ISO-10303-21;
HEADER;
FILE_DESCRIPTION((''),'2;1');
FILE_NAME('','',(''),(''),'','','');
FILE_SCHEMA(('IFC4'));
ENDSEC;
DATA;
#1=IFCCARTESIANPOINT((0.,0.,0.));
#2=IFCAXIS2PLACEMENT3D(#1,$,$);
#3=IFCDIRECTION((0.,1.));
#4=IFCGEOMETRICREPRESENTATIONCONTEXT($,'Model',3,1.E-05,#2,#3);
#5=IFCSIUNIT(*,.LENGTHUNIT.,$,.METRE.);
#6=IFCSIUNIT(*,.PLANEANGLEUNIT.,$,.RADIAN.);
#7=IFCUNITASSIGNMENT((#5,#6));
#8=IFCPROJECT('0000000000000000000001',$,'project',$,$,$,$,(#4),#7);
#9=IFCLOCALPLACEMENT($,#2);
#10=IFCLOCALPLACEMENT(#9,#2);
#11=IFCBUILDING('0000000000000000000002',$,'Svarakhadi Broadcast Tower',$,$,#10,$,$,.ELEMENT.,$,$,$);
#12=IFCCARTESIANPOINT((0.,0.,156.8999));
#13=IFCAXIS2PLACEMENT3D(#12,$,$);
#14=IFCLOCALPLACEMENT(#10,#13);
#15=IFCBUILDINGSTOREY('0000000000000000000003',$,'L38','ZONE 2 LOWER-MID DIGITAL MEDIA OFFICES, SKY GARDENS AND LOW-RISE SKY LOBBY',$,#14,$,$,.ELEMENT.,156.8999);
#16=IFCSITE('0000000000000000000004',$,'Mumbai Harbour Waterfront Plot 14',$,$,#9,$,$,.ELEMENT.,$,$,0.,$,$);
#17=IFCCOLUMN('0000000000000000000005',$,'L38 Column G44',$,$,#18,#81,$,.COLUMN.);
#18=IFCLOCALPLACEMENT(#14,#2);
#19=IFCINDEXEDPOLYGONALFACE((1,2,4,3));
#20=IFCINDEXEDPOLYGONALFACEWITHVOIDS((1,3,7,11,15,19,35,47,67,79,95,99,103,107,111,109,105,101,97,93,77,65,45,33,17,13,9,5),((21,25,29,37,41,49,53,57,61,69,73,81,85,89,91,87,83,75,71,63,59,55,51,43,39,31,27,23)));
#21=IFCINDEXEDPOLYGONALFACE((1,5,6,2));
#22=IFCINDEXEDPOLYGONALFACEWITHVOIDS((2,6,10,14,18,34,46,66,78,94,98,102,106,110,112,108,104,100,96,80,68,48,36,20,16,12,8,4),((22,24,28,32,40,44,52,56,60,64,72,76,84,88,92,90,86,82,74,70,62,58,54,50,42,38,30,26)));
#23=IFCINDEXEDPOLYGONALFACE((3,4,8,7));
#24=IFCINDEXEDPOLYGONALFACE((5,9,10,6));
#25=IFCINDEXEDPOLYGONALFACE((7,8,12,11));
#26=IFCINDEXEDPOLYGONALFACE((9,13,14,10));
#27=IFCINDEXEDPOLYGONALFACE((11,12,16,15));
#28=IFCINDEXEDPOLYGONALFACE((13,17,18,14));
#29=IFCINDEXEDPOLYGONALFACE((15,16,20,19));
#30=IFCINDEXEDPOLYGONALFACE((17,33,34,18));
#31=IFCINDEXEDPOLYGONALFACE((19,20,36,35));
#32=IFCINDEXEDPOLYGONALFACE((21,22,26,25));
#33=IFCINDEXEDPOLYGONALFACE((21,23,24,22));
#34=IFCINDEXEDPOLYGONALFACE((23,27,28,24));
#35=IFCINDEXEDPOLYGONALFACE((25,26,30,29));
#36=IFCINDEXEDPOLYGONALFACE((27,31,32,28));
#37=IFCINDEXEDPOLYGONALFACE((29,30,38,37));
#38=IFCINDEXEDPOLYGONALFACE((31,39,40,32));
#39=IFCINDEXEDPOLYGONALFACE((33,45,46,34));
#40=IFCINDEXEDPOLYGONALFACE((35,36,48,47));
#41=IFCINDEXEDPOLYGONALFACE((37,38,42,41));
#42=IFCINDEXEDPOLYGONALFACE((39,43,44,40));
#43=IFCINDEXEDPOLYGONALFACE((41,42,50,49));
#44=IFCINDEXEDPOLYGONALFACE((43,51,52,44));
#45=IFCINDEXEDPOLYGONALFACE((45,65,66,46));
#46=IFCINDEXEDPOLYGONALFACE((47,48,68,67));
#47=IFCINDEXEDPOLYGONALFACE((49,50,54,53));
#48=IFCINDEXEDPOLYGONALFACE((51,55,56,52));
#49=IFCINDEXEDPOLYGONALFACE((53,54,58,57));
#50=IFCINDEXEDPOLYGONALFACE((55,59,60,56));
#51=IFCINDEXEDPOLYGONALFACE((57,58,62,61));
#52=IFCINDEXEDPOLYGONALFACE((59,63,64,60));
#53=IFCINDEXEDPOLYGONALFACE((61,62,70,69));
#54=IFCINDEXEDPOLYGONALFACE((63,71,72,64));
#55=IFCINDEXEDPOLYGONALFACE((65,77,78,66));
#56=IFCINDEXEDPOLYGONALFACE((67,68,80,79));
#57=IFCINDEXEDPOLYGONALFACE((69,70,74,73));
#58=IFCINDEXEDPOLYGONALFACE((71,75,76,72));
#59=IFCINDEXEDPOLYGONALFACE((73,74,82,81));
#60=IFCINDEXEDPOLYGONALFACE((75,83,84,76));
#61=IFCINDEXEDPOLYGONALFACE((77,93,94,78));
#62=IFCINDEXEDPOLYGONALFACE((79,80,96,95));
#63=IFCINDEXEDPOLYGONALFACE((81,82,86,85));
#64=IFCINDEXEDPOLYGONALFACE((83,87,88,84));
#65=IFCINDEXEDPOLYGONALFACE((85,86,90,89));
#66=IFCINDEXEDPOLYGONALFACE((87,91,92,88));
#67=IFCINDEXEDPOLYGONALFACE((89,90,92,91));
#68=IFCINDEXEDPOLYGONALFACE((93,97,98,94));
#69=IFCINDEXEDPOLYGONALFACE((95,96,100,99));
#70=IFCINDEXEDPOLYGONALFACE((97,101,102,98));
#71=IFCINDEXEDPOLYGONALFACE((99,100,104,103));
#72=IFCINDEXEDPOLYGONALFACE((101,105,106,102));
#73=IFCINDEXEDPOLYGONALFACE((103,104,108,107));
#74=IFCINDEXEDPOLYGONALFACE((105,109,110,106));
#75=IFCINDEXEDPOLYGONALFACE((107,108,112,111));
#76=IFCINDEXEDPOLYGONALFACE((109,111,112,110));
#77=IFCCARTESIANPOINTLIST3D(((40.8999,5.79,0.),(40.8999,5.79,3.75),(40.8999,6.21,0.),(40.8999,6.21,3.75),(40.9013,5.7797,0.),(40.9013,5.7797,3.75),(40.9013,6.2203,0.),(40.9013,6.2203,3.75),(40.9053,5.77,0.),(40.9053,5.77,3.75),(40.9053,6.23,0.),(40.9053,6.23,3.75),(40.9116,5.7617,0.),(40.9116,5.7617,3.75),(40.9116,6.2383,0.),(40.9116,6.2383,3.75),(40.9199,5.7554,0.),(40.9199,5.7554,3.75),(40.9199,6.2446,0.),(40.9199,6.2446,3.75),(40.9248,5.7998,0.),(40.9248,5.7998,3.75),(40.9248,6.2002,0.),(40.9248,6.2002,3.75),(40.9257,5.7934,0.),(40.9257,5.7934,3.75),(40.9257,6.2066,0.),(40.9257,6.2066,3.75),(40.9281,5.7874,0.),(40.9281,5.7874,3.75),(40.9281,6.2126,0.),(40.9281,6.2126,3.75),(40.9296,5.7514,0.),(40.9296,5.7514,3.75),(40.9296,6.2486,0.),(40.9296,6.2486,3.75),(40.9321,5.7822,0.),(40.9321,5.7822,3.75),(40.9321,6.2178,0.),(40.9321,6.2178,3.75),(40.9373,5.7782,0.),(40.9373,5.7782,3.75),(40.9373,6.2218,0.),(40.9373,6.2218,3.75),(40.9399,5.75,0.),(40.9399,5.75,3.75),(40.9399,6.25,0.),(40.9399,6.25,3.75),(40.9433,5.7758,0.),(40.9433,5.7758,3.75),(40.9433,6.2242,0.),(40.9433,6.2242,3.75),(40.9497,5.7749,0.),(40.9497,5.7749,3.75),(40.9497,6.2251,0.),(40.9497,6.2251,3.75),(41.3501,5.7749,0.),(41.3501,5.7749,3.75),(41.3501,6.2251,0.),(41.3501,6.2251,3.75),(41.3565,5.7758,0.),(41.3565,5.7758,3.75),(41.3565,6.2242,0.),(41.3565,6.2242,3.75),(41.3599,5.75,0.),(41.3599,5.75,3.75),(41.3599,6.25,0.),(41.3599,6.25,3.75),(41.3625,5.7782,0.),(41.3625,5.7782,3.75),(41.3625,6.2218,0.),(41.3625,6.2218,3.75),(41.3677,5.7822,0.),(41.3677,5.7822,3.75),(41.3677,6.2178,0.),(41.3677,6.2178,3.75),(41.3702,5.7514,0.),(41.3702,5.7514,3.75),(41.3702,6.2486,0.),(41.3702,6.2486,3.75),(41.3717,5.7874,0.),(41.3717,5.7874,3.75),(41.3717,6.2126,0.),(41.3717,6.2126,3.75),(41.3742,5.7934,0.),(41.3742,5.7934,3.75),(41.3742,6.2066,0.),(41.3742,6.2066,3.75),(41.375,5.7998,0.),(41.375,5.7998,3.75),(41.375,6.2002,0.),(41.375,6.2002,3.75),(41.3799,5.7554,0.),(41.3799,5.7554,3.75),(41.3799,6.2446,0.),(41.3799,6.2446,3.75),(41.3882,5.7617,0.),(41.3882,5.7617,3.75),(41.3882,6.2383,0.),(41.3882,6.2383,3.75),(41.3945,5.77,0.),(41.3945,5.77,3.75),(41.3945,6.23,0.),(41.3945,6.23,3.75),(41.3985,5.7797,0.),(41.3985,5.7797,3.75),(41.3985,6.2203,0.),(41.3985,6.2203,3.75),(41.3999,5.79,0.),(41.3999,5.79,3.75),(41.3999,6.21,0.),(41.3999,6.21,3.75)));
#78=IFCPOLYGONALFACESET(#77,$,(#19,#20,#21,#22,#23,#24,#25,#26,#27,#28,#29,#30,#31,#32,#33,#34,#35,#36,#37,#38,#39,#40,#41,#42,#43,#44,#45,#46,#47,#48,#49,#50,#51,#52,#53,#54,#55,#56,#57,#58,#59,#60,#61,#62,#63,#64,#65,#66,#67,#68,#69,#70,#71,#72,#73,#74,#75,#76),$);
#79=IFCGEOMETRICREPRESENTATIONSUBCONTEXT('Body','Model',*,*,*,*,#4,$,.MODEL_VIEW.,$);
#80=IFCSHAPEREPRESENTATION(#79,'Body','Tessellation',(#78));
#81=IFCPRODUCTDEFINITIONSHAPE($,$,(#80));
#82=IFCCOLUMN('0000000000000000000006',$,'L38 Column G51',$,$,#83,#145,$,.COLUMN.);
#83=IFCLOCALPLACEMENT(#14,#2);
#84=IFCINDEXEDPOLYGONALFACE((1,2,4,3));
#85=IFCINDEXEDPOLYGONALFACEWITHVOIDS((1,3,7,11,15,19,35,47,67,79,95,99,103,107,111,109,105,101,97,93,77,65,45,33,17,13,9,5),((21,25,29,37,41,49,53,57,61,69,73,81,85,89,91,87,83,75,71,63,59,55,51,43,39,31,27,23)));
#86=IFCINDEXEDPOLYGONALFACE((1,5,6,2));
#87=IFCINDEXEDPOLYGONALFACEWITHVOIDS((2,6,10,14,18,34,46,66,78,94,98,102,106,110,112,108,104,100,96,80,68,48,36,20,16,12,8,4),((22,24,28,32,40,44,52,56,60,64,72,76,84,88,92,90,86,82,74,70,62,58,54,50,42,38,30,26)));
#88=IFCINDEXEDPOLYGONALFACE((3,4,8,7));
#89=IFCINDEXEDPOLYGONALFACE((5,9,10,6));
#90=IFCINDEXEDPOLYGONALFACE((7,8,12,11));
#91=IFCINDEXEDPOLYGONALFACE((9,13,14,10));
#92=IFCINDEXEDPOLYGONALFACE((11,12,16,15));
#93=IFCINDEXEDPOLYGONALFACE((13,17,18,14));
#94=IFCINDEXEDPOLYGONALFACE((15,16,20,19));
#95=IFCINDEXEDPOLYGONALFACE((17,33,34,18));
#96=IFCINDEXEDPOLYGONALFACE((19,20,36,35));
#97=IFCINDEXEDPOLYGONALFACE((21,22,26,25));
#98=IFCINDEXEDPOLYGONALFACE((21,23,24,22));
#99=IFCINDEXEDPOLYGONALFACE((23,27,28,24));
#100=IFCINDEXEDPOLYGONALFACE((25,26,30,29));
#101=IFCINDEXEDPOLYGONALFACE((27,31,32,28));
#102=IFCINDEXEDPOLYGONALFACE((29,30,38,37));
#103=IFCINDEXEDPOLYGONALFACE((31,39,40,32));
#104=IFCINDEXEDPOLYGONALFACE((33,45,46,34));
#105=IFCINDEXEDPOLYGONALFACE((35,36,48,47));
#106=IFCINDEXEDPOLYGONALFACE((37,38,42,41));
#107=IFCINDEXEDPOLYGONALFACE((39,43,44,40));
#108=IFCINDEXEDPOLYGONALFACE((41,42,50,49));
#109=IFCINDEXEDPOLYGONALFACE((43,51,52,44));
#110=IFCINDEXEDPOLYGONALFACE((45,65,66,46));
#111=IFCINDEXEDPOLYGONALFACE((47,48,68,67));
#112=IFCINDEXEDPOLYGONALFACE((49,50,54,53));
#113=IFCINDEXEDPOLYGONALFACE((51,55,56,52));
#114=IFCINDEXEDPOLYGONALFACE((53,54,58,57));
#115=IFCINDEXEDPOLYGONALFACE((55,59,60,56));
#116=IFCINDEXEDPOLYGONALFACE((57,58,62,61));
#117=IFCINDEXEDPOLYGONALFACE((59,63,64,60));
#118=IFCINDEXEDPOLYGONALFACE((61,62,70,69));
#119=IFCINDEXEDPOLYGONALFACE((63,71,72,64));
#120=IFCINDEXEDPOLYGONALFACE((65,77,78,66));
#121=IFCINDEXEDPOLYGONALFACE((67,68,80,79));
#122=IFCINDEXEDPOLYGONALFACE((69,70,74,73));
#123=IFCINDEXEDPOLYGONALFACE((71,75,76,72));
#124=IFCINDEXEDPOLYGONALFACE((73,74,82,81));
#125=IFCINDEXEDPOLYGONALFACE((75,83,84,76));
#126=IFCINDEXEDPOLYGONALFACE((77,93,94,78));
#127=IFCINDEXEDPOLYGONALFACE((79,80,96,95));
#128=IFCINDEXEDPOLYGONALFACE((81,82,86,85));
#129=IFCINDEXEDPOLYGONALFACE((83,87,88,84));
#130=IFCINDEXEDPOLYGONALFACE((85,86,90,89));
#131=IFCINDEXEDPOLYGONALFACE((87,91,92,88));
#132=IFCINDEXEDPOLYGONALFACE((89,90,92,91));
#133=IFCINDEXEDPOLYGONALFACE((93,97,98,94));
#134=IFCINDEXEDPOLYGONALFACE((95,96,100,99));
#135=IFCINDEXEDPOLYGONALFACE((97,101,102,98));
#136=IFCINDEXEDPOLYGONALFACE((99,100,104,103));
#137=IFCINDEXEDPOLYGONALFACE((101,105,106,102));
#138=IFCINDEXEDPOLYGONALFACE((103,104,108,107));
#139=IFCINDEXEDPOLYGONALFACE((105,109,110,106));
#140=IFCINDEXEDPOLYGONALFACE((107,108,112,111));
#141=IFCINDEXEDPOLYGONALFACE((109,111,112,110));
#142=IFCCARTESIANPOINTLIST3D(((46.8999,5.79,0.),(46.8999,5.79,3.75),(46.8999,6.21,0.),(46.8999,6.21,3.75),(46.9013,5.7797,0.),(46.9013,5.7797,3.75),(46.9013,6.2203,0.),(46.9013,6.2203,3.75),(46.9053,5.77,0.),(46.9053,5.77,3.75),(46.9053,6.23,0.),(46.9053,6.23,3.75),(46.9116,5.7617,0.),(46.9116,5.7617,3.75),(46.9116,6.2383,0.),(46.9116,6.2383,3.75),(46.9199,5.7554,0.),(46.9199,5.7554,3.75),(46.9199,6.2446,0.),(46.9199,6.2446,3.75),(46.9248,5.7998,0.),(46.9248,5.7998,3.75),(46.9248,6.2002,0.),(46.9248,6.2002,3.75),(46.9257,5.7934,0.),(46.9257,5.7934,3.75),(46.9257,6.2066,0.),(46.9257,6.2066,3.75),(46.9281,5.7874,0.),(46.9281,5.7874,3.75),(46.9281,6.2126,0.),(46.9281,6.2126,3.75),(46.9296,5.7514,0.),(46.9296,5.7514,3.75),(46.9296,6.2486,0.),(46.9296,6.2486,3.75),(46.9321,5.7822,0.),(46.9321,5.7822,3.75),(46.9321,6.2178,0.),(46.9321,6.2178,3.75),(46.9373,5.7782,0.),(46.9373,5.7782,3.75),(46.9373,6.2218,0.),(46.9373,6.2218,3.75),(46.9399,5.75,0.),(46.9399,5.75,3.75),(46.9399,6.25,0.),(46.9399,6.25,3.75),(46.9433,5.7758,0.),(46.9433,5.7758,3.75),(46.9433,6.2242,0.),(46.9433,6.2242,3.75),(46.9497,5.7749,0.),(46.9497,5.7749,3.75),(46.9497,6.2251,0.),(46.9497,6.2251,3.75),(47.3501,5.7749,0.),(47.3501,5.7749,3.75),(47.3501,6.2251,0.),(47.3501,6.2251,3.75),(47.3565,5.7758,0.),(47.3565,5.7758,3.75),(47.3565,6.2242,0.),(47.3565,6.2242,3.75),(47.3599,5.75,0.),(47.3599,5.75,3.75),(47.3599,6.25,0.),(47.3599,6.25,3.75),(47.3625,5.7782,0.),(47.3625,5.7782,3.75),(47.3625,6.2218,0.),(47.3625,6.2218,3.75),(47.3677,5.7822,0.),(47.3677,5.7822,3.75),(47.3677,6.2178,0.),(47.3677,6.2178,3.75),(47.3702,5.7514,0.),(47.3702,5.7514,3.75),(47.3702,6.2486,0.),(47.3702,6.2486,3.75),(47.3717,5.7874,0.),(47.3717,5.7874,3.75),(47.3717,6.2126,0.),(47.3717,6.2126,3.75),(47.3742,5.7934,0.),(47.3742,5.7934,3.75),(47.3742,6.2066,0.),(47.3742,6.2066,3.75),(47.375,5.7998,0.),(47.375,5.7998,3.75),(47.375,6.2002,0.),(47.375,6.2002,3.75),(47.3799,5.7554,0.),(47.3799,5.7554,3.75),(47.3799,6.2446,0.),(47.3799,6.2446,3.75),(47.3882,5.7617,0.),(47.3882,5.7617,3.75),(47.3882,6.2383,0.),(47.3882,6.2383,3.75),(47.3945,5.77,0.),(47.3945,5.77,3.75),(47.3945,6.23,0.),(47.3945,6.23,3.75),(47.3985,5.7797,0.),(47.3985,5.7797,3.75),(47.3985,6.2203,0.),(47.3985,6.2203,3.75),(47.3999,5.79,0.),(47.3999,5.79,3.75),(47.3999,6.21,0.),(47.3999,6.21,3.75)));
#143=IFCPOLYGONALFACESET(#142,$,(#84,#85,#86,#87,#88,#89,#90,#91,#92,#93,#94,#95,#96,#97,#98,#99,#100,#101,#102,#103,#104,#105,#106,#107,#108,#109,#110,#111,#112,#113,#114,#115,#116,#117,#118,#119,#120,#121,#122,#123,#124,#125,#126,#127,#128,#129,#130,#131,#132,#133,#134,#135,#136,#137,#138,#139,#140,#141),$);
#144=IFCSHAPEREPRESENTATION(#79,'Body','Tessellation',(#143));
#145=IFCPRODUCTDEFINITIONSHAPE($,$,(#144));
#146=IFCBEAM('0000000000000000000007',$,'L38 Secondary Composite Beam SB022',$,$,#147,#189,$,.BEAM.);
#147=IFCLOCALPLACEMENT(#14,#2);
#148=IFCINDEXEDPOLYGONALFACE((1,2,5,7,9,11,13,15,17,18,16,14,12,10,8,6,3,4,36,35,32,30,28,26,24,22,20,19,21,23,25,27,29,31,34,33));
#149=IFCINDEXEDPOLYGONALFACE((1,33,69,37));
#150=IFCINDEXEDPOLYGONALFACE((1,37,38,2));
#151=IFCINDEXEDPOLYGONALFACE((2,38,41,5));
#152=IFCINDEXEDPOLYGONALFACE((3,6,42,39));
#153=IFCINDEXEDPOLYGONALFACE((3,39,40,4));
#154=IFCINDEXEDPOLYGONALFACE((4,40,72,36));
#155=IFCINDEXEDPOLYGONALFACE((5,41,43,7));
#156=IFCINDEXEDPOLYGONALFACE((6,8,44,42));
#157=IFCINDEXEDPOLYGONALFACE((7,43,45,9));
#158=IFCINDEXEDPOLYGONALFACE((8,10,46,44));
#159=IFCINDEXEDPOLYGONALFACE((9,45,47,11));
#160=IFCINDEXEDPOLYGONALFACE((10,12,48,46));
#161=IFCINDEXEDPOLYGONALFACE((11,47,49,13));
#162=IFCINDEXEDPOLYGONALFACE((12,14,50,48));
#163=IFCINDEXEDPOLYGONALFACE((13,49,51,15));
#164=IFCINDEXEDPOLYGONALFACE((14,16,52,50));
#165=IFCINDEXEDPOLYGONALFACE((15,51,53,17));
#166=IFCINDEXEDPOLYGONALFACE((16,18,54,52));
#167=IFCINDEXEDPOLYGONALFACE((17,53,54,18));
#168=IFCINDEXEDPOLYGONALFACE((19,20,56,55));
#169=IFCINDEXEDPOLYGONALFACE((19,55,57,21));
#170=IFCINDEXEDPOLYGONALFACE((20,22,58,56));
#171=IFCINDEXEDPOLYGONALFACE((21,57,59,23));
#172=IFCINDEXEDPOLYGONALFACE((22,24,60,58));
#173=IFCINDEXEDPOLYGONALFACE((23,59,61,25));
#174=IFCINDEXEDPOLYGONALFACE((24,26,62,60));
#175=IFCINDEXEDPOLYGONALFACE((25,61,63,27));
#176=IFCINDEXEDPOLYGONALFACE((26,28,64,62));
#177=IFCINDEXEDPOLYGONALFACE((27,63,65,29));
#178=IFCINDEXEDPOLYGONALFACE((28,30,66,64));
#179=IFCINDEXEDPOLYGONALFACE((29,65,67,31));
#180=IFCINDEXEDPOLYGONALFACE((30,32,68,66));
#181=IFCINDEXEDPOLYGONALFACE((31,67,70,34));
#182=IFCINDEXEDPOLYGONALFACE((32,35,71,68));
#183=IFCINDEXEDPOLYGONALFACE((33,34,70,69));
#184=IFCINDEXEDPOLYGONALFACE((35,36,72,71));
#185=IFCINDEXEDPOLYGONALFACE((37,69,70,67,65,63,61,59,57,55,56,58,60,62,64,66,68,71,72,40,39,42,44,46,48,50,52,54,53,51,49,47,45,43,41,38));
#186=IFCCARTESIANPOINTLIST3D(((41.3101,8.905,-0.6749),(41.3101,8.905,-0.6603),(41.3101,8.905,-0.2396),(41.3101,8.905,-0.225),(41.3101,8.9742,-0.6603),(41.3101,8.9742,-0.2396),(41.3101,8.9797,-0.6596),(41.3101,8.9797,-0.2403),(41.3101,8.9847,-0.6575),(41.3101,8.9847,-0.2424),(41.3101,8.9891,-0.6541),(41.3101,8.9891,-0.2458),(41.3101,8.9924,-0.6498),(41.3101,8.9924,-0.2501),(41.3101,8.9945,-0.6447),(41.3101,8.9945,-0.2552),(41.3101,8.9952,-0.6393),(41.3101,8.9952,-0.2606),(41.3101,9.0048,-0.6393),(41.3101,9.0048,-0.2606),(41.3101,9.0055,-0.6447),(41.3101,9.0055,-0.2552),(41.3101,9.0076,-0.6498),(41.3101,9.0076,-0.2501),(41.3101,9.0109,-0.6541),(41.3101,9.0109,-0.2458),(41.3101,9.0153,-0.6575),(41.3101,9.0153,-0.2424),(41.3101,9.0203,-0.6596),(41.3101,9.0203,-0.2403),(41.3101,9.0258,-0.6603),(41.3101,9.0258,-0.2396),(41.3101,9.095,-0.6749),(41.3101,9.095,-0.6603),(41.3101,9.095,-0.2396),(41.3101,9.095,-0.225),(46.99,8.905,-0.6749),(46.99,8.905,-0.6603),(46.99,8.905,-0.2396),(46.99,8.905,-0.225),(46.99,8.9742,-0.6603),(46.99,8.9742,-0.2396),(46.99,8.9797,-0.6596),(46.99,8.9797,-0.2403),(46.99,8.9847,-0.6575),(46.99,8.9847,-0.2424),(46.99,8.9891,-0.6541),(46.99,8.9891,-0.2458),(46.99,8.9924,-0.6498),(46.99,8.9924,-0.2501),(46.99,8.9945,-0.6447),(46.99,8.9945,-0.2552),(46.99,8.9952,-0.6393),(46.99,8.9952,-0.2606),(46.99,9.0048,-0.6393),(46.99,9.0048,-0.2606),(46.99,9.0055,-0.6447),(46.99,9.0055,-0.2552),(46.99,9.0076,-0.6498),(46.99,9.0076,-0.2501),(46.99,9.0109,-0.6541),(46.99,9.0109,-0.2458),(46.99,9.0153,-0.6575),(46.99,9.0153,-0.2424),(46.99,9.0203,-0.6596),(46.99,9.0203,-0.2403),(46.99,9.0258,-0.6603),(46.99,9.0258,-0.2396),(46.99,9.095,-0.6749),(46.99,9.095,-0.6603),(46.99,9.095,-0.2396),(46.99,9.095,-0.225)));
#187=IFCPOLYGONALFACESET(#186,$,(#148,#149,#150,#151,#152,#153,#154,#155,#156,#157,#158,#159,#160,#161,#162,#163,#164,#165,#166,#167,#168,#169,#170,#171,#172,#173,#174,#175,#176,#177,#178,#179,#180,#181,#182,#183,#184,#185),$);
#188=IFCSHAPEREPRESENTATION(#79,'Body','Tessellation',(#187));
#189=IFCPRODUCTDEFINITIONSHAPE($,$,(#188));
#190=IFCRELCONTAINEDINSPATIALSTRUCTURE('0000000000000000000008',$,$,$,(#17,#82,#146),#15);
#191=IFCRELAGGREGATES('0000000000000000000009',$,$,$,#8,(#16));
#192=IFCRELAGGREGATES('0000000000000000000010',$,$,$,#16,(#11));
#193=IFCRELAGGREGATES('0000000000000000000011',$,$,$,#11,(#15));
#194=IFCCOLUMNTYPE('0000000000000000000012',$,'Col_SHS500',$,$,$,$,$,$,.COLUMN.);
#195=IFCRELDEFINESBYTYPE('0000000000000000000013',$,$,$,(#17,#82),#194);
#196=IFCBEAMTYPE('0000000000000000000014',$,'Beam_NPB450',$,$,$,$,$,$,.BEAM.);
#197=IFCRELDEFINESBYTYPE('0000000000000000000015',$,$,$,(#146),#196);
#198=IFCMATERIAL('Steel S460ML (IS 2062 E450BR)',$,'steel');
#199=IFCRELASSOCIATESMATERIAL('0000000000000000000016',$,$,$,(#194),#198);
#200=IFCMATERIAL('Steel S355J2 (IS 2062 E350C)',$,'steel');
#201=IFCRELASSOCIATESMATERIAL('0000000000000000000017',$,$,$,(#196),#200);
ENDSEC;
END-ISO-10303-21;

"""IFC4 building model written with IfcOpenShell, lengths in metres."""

from ifc_helpers import new_model, si_unit, direction, frame, origin, origin_2d, place, context, subcontext, project, spatial, hollow_rectangle, i_section, extrude, material, material_profile, profile_set, type_object, element, save


model = new_model("IFC4")

# Units and contexts
model_context = context("Model", 3, precision=1e-05, world=origin(), true_north=direction((0.0, 1.0)))
body_context = subcontext(model_context, "Body", "Model", "MODEL_VIEW")
ifc_project = project(units=[si_unit("LENGTHUNIT", "METRE"), si_unit("PLANEANGLEUNIT", "RADIAN")], contexts=[model_context])

# Site, building, storey
site_placement = place(None, origin())
site = spatial("IfcSite", under=ifc_project, at=site_placement, Name="Mumbai Harbour Waterfront Plot 14", CompositionType="ELEMENT", RefElevation=0.0)
building_placement = place(site_placement, origin())
building = spatial("IfcBuilding", under=site, at=building_placement, Name="Svarakhadi Broadcast Tower", CompositionType="ELEMENT")
storey_placement = place(building_placement, frame((0.0, 0.0, 156.8999)))
storey = spatial("IfcBuildingStorey", under=building, at=storey_placement, Name="L38", Description="ZONE 2 LOWER-MID DIGITAL MEDIA OFFICES, SKY GARDENS AND LOW-RISE SKY LOBBY", CompositionType="ELEMENT", Elevation=156.8999)

# Columns
ifc_material_1 = material(Name="Steel S460ML (IS 2062 E450BR)", Category="steel")
ifc_material_profile_1 = material_profile(ifc_material_1, hollow_rectangle(XDim=0.5, YDim=0.5, WallThickness=0.0249, InnerFilletRadius=0.0249, OuterFilletRadius=0.04, at=origin_2d()), Name="SHS 500x500x25")
ifc_profile_set_1 = profile_set([ifc_material_profile_1], Name="Steel S460ML (IS 2062 E450BR)")
column_type = type_object("IfcColumnType", Name="Col_SHS500", PredefinedType="COLUMN", material=ifc_profile_set_1)
for number, where, z_axis, x_axis, name in (
    (1, (41.1499, 6.0, 0.0), (0.0, 0.0, 1.0), (1.0, 0.0, 0.0), "L38 Column G44"),
    (2, (47.1499, 6.0, 0.0), (0.0, 0.0, 1.0), (1.0, 0.0, 0.0), "L38 Column G51"),
):
    element("IfcColumn", number, at=place(storey_placement, frame(where, z_axis=z_axis, x_axis=x_axis)), inside=storey, type_object=column_type, Name=name, PredefinedType="COLUMN", context=body_context, shape_type="SweptSolid", body=[
        extrude(hollow_rectangle(XDim=0.5, YDim=0.5, WallThickness=0.0249, InnerFilletRadius=0.0249, OuterFilletRadius=0.04, at=origin_2d()), origin(), (0.0, 0.0, 1.0), 3.75),
    ])

# Beam
ifc_material_2 = material(Name="Steel S355J2 (IS 2062 E350C)", Category="steel")
ifc_material_profile_2 = material_profile(ifc_material_2, i_section(OverallWidth=0.1899, OverallDepth=0.45, WebThickness=0.0095, FlangeThickness=0.0146, FilletRadius=0.021, at=origin_2d()), Name="NPB 450x190x78")
ifc_profile_set_2 = profile_set([ifc_material_profile_2], Name="Steel S355J2 (IS 2062 E350C)")
beam_type_1 = type_object("IfcBeamType", Name="Beam_NPB450", PredefinedType="BEAM", material=ifc_profile_set_2)
beam_placement = place(storey_placement, frame((41.3101, 9.0, -0.45), z_axis=(1.0, 0.0, 0.0), x_axis=(0.0, 1.0, 0.0)))
element("IfcBeam", 3, at=beam_placement, inside=storey, type_object=beam_type_1, Name="L38 Secondary Composite Beam SB022", PredefinedType="BEAM", context=body_context, shape_type="SweptSolid", body=[
    extrude(i_section(OverallWidth=0.1899, OverallDepth=0.45, WebThickness=0.0095, FlangeThickness=0.0146, FilletRadius=0.021, at=origin_2d()), origin(), (0.0, 0.0, 1.0), 5.6799),
])

save(model, "model.ifc")
